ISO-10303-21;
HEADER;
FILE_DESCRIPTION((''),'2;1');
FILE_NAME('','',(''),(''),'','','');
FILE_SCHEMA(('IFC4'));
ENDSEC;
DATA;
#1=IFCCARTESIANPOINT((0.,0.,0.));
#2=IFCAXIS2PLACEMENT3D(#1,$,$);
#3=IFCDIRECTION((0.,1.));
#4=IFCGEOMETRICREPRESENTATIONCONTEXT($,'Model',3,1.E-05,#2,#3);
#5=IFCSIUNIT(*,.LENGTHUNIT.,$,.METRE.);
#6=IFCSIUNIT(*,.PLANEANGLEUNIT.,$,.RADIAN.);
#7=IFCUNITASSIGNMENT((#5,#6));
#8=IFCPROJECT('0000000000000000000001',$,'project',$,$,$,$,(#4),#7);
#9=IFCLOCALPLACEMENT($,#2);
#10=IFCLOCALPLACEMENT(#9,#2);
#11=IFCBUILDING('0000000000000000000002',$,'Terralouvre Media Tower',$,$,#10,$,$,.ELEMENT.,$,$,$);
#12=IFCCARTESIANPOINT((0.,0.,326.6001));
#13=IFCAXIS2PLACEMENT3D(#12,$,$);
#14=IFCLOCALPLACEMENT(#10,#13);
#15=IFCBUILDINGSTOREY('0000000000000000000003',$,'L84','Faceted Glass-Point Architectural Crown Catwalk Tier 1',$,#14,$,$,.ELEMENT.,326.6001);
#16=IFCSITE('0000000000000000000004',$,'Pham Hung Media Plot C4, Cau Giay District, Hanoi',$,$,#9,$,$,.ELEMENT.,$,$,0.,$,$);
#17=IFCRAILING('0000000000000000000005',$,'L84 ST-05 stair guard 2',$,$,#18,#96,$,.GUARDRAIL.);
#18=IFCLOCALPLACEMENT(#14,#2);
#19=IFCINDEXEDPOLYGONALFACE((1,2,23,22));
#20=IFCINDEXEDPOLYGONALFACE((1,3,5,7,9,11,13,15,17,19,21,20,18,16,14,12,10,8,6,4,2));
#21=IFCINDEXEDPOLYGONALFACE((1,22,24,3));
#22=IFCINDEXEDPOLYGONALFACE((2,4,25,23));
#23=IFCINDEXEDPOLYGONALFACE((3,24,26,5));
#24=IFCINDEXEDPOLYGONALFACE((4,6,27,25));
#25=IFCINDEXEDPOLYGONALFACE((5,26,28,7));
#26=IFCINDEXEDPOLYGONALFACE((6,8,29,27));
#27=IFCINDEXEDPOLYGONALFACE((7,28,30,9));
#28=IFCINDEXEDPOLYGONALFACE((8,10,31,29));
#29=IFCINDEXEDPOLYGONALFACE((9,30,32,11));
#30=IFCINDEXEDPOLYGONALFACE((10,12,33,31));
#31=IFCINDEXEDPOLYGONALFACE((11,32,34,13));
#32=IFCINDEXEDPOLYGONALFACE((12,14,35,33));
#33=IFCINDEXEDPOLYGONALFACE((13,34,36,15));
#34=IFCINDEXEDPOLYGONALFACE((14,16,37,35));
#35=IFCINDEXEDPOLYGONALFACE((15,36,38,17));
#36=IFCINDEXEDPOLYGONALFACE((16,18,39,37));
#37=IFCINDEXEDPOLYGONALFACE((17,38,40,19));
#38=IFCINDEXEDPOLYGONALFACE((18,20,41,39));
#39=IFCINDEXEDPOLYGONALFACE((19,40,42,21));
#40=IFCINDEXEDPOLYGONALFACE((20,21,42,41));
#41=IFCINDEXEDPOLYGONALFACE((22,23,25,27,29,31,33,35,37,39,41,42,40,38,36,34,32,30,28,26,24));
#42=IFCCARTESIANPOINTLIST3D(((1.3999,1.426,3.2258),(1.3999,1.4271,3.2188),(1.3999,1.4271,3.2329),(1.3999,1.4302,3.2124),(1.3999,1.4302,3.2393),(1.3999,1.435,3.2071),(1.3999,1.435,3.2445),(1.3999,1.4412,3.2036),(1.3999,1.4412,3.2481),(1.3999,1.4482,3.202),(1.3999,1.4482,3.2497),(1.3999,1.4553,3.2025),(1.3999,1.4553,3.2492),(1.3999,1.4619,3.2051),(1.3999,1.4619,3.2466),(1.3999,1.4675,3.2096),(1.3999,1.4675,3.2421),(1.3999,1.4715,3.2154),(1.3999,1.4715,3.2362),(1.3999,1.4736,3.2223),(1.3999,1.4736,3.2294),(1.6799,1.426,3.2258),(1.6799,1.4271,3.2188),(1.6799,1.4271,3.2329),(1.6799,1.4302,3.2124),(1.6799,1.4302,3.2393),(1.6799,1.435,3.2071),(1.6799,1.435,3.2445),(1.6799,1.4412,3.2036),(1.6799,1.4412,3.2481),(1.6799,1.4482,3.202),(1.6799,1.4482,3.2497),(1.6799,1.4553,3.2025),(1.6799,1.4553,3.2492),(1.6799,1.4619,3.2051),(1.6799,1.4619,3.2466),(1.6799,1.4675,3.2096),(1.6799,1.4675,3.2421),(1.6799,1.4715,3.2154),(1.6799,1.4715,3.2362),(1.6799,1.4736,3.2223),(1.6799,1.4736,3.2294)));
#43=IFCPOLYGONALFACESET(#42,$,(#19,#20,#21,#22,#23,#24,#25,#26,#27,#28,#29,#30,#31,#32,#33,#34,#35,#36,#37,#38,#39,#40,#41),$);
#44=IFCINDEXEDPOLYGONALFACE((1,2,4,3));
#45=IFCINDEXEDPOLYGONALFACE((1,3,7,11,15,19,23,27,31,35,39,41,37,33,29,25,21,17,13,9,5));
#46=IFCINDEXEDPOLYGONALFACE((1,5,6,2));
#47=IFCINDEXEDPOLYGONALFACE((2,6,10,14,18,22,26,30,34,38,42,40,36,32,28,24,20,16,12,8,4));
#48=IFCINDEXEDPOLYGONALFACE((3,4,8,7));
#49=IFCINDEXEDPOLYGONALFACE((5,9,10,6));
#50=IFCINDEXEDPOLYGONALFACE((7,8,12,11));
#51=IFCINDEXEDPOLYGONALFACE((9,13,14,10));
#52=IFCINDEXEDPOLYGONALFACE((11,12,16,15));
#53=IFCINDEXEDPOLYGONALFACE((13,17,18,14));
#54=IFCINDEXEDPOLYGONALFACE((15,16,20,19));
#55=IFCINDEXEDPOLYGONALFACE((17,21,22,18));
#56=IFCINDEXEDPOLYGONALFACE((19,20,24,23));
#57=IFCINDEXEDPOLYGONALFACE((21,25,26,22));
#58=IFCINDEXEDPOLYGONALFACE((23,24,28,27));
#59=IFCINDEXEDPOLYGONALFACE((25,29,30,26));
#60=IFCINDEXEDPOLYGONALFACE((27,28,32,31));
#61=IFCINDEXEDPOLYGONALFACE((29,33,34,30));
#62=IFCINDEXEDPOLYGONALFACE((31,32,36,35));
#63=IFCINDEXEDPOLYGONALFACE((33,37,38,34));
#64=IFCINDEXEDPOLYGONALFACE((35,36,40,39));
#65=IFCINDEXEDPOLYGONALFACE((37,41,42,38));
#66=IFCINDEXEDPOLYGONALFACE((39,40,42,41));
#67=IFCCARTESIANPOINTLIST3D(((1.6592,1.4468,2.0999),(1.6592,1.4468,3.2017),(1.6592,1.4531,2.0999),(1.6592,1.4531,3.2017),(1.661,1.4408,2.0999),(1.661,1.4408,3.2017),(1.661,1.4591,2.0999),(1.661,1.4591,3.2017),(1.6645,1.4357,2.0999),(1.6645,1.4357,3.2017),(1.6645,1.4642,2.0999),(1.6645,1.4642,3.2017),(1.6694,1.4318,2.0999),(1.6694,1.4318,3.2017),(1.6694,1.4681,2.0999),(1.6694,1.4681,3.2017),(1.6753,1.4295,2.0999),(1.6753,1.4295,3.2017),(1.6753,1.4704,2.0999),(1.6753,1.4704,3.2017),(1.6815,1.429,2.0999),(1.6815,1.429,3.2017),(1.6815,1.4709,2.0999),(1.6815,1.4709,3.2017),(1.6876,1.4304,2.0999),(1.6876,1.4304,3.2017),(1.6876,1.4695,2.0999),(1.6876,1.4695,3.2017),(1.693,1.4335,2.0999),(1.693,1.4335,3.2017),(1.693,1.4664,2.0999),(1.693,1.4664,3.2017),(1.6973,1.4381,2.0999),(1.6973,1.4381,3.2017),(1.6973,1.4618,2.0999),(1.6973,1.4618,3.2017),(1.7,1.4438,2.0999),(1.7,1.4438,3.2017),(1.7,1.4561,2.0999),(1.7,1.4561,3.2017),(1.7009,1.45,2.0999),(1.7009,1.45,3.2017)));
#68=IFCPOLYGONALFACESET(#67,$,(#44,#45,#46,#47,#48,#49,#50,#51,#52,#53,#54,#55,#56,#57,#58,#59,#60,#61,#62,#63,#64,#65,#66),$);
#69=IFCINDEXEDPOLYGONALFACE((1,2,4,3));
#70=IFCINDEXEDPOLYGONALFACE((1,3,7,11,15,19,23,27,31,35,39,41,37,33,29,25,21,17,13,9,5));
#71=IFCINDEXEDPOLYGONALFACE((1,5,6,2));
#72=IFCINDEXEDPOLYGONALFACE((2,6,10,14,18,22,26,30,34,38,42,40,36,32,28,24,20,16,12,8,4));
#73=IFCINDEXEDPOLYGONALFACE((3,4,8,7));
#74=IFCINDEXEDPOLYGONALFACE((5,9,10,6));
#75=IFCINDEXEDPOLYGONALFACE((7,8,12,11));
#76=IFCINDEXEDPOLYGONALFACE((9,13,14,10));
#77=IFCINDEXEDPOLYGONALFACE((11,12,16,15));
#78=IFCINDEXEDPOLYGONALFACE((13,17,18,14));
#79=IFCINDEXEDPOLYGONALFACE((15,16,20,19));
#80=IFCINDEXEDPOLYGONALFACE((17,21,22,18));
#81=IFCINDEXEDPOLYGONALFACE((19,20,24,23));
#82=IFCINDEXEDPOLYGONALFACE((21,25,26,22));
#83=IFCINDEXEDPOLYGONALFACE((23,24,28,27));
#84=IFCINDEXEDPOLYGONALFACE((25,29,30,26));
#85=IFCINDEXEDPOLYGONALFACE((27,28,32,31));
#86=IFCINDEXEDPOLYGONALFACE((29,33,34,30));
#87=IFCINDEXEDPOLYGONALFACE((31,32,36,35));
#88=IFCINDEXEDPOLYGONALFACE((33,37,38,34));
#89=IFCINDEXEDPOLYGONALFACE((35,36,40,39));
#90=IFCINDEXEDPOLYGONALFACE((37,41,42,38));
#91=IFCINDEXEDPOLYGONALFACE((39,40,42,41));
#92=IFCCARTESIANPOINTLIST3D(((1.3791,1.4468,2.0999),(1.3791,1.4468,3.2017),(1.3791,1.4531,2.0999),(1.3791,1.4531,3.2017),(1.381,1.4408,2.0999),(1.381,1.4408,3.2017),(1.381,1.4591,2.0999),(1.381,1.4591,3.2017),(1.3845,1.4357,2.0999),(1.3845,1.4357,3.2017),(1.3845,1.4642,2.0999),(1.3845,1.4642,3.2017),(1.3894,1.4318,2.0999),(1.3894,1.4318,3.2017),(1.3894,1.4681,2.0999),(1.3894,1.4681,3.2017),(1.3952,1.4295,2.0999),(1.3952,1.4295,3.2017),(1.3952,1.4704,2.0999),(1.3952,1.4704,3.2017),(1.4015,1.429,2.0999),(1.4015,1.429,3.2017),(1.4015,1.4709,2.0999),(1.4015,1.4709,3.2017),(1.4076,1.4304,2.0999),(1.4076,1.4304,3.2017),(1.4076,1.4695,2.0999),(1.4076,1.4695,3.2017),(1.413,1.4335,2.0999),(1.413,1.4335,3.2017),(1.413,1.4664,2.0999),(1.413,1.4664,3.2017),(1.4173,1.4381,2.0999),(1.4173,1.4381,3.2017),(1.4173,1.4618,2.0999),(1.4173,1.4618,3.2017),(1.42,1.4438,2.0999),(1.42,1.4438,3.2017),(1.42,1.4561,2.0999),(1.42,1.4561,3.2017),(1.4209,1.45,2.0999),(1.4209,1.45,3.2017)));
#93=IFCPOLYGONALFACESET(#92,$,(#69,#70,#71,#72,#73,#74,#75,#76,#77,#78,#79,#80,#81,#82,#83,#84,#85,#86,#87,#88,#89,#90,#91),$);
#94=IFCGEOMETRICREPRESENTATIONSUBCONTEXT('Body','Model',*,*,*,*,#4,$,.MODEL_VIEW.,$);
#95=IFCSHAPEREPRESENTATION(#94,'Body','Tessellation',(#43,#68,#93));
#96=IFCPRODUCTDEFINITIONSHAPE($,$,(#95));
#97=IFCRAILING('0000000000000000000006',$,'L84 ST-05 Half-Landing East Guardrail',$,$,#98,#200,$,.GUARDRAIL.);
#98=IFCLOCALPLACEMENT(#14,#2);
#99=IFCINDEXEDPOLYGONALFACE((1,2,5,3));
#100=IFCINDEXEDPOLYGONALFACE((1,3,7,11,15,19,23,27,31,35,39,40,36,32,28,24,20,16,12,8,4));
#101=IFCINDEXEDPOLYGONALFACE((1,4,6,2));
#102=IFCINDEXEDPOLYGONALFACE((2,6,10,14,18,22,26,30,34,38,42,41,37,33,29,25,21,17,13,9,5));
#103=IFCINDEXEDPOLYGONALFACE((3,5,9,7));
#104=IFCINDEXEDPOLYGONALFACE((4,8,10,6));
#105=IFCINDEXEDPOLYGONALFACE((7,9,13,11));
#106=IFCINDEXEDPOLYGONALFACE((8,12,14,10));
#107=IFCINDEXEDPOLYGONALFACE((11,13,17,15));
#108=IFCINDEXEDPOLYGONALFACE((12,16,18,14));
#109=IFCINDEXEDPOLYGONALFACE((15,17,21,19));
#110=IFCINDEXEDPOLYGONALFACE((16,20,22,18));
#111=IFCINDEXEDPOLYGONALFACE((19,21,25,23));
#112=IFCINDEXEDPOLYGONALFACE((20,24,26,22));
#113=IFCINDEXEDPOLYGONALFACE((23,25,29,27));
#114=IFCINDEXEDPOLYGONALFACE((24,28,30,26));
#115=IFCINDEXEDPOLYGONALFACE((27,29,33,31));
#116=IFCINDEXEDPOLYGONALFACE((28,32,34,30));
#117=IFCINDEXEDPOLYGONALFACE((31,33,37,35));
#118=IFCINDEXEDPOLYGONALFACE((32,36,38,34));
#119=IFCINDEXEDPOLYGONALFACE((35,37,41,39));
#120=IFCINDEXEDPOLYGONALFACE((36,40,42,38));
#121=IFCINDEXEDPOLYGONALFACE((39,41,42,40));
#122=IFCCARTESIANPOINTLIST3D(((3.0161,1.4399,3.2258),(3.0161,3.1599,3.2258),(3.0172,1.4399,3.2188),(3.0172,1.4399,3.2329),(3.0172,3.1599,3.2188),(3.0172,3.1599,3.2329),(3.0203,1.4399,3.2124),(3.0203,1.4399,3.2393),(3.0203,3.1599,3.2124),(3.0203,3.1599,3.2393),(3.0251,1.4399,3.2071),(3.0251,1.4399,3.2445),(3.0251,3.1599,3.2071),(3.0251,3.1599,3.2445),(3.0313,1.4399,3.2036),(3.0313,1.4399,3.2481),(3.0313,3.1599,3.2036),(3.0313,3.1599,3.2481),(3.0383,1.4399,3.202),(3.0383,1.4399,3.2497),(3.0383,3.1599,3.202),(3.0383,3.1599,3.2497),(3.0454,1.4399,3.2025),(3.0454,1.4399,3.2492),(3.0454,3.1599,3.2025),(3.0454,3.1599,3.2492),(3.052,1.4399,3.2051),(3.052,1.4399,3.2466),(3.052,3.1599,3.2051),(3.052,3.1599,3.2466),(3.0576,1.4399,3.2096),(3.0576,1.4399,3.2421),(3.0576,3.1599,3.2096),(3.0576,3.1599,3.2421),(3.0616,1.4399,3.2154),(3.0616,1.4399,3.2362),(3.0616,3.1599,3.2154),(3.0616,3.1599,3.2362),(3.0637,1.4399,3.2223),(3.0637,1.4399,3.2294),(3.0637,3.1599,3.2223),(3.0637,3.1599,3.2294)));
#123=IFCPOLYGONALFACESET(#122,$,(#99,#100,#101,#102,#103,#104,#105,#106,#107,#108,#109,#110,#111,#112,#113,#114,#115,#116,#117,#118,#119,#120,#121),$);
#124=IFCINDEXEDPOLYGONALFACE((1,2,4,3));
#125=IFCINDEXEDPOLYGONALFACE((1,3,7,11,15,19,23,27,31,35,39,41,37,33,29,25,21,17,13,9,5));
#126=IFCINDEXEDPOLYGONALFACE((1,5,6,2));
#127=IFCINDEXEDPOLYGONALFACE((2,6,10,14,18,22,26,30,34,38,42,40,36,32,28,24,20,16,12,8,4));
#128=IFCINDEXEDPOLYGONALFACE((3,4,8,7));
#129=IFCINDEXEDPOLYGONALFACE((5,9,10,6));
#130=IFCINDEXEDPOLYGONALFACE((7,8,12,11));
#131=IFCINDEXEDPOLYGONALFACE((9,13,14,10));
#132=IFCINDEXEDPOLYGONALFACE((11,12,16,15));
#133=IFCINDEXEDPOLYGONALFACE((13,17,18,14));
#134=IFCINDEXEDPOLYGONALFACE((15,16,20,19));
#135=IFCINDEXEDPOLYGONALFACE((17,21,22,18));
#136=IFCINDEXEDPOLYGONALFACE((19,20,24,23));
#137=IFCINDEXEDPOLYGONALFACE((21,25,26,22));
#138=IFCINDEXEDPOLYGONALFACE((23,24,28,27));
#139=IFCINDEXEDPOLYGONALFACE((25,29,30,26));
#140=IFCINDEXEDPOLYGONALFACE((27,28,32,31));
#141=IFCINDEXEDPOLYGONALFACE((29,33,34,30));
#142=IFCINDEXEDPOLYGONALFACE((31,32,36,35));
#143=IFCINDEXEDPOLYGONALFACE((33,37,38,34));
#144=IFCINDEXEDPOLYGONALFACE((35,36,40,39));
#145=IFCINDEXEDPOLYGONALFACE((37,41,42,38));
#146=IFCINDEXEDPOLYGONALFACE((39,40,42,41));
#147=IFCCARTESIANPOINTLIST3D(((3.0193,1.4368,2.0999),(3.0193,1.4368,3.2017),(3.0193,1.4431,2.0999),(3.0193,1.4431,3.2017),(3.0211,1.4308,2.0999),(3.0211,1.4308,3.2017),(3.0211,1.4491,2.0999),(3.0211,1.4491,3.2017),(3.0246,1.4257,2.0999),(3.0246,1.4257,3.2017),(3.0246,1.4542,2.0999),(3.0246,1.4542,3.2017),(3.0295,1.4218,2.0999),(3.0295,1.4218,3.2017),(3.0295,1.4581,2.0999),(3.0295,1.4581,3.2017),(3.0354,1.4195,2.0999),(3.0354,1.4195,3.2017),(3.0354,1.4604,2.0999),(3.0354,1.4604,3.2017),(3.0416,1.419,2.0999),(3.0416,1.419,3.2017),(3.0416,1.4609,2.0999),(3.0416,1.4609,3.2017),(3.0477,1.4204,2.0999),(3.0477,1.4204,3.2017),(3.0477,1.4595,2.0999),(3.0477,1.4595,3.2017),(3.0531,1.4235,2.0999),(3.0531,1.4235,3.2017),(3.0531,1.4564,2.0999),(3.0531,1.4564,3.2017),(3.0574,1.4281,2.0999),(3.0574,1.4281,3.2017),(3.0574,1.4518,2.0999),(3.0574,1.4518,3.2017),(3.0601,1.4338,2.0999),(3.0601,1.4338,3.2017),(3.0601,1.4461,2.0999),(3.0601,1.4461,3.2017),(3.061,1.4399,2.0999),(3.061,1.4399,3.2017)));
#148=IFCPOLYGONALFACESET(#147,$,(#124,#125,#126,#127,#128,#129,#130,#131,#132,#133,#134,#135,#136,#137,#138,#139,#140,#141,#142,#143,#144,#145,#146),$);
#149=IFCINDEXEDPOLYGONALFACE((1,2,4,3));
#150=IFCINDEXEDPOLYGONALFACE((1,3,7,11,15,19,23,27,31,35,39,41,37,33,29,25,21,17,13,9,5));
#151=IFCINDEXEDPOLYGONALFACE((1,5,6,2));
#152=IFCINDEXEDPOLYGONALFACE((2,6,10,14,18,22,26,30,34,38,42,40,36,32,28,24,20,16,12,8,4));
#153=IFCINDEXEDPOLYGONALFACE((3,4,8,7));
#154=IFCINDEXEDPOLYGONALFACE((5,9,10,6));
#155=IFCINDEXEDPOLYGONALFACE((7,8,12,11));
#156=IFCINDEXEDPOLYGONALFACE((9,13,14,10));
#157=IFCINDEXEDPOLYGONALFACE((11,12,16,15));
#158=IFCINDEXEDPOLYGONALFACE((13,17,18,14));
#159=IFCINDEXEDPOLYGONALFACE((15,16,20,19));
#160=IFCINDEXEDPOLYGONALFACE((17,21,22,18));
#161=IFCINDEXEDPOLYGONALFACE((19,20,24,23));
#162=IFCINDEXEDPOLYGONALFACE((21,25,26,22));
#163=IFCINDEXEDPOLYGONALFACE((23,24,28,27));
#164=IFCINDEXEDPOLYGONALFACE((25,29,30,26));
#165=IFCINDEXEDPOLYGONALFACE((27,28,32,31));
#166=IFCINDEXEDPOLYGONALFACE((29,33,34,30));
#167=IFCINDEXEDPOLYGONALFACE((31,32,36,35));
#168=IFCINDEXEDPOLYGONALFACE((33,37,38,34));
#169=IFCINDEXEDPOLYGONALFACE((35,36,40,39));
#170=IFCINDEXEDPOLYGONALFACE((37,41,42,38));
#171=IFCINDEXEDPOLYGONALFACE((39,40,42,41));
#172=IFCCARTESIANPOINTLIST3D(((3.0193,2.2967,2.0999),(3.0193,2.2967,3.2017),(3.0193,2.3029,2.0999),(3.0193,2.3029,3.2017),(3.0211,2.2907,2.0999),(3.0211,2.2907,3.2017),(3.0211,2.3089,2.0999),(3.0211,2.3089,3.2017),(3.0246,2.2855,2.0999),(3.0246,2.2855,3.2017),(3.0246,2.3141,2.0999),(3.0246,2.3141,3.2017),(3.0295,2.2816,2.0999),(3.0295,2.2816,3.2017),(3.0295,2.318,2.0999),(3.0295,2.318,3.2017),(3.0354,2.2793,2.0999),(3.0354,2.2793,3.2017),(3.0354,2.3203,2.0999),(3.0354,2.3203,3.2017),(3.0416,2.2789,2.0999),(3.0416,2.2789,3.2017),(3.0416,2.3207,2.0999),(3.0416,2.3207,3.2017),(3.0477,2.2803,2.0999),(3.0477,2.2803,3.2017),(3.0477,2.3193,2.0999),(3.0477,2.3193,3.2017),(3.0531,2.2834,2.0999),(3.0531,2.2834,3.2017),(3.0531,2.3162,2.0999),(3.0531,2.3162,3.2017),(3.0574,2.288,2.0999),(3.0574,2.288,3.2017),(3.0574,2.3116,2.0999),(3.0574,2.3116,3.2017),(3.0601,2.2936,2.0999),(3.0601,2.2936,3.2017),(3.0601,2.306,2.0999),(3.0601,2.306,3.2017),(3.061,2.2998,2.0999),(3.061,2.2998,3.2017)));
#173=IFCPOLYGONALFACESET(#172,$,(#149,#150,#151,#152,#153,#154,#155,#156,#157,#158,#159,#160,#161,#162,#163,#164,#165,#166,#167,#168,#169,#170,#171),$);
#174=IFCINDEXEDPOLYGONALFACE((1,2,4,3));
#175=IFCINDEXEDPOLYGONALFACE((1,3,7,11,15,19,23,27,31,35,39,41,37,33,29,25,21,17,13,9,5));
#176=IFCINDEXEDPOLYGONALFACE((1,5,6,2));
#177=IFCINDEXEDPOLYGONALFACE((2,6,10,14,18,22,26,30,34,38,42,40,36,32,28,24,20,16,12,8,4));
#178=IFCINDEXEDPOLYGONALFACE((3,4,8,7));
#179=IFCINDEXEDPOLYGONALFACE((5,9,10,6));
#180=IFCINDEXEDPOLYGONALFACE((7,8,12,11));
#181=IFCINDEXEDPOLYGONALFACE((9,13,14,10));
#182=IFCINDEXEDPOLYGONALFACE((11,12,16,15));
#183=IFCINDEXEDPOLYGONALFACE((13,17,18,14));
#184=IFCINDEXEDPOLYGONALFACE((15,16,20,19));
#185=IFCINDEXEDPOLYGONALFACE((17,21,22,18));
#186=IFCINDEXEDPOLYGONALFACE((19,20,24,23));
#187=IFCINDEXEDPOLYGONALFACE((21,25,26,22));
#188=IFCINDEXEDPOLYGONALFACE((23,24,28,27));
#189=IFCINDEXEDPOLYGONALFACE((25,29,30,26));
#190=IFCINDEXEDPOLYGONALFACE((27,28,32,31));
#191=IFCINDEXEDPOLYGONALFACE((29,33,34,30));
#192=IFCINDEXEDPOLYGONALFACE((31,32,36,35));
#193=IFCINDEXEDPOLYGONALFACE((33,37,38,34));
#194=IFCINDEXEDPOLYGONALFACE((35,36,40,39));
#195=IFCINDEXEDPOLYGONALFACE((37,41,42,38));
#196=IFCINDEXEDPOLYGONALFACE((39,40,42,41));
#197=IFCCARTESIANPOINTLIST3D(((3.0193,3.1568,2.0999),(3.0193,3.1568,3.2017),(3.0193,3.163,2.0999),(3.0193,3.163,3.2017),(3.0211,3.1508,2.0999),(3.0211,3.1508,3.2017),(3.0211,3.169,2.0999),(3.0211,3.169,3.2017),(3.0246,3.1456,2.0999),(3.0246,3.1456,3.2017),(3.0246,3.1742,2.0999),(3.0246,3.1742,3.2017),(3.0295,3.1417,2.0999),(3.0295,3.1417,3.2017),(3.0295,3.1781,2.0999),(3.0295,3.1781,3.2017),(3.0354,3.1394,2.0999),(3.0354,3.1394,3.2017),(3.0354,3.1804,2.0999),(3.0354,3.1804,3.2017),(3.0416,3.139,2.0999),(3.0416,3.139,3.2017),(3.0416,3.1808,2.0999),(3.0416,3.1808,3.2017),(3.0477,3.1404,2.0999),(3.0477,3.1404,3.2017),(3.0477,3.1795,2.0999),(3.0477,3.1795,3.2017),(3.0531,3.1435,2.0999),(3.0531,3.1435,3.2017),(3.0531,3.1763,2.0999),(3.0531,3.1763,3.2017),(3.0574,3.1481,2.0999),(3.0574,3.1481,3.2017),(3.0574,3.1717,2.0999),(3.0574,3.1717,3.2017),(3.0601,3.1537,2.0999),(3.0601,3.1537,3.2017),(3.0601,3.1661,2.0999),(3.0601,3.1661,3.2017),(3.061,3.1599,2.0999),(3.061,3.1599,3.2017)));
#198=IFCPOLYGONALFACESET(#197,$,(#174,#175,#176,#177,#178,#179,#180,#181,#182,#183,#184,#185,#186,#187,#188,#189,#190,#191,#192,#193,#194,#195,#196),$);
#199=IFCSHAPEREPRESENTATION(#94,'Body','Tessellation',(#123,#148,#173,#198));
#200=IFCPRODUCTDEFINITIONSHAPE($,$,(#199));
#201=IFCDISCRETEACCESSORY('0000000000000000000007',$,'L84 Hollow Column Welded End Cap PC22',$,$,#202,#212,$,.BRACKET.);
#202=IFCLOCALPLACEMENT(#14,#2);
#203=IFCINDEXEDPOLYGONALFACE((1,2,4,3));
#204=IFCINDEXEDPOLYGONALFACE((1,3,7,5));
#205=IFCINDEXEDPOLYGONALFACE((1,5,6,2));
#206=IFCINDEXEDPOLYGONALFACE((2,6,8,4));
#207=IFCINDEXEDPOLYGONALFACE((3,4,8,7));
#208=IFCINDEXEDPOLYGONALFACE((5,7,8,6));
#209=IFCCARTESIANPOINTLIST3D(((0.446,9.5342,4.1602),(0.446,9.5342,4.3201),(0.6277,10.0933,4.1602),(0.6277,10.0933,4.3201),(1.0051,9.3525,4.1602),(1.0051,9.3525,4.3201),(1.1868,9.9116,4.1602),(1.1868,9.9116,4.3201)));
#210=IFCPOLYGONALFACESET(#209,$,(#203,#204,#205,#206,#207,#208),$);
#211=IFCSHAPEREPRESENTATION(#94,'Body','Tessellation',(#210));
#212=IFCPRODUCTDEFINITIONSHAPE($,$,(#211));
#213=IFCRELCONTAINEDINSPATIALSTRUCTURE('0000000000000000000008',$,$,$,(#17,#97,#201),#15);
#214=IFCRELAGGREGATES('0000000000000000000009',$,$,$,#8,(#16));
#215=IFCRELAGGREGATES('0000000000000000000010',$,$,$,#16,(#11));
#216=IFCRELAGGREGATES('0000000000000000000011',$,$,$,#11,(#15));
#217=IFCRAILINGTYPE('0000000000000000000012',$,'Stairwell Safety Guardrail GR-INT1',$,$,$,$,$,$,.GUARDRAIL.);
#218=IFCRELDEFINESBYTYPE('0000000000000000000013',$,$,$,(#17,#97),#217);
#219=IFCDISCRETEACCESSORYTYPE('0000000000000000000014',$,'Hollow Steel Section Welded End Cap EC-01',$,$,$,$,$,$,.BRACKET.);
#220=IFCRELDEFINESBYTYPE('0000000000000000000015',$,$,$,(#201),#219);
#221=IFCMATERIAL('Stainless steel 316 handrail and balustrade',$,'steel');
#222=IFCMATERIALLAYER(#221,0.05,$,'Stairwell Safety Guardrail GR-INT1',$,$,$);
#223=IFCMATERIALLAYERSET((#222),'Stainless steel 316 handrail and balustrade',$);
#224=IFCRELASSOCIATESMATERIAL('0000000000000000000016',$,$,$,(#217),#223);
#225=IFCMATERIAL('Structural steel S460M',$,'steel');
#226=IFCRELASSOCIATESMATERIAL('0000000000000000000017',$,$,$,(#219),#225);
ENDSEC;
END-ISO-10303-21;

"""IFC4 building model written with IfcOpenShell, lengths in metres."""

from ifc_helpers import new_model, si_unit, direction, frame, origin, origin_2d, place, context, subcontext, project, spatial, rectangle, circle, extrude, material, layer, layer_set, type_object, element, save


model = new_model("IFC4")

# Units and contexts
model_context = context("Model", 3, precision=1e-05, world=origin(), true_north=direction((0.0, 1.0)))
body_context = subcontext(model_context, "Body", "Model", "MODEL_VIEW")
ifc_project = project(units=[si_unit("LENGTHUNIT", "METRE"), si_unit("PLANEANGLEUNIT", "RADIAN")], contexts=[model_context])

# Site, building, storey
site_placement = place(None, origin())
site = spatial("IfcSite", under=ifc_project, at=site_placement, Name="Pham Hung Media Plot C4, Cau Giay District, Hanoi", CompositionType="ELEMENT", RefElevation=0.0)
building_placement = place(site_placement, origin())
building = spatial("IfcBuilding", under=site, at=building_placement, Name="Terralouvre Media Tower", CompositionType="ELEMENT")
storey_placement = place(building_placement, frame((0.0, 0.0, 326.6001)))
storey = spatial("IfcBuildingStorey", under=building, at=storey_placement, Name="L84", Description="Faceted Glass-Point Architectural Crown Catwalk Tier 1", CompositionType="ELEMENT", Elevation=326.6001)

# Railings
ifc_material_1 = material(Name="Stainless steel 316 handrail and balustrade", Category="steel")
ifc_layer_1 = layer(ifc_material_1, 0.05, Name="Stairwell Safety Guardrail GR-INT1")
ifc_layer_set_1 = layer_set([ifc_layer_1], Name="Stainless steel 316 handrail and balustrade")
railing_type = type_object("IfcRailingType", Name="Stairwell Safety Guardrail GR-INT1", PredefinedType="GUARDRAIL", material=ifc_layer_set_1)
railing_1_placement = place(storey_placement, frame((1.6799, 1.45, 2.0999)))
element("IfcRailing", 1, at=railing_1_placement, inside=storey, type_object=railing_type, Name="L84 ST-05 stair guard 2", PredefinedType="GUARDRAIL", context=body_context, shape_type="SweptSolid", body=[
    extrude(circle(Radius=0.0239, at=origin_2d()), frame((0.0, 0.0, 1.126), z_axis=(-1.0, 0.0, 0.0), x_axis=(0.0, -1.0, 0.0)), (0.0, 0.0, 1.0), 0.28),
    extrude(circle(Radius=0.021, at=origin_2d()), origin(), (0.0, 0.0, 1.0), 1.1018),
    extrude(circle(Radius=0.021, at=origin_2d()), frame((-0.28, 0.0, 0.0)), (0.0, 0.0, 1.0), 1.1018),
])
railing_2_placement = place(storey_placement, frame((3.04, 1.4399, 2.0999)))
element("IfcRailing", 2, at=railing_2_placement, inside=storey, type_object=railing_type, Name="L84 ST-05 Half-Landing East Guardrail", PredefinedType="GUARDRAIL", context=body_context, shape_type="SweptSolid", body=[
    extrude(circle(Radius=0.0239, at=origin_2d()), frame((0.0, 0.0, 1.126), z_axis=(0.0, 1.0, 0.0), x_axis=(-1.0, 0.0, 0.0)), (0.0, 0.0, 1.0), 1.72),
    extrude(circle(Radius=0.021, at=origin_2d()), origin(), (0.0, 0.0, 1.0), 1.1018),
    extrude(circle(Radius=0.021, at=origin_2d()), frame((0.0, 0.8599, 0.0)), (0.0, 0.0, 1.0), 1.1018),
    extrude(circle(Radius=0.021, at=origin_2d()), frame((0.0, 1.72, 0.0)), (0.0, 0.0, 1.0), 1.1018),
])

# Discrete accessory
ifc_material_2 = material(Name="Structural steel S460M", Category="steel")
discrete_accessory_type = type_object("IfcDiscreteAccessoryType", Name="Hollow Steel Section Welded End Cap EC-01", PredefinedType="BRACKET", material=ifc_material_2)
discrete_accessory_1_placement = place(storey_placement, frame((0.8164, 9.7229, 4.1602), z_axis=(0.0, 0.0, 1.0), x_axis=(0.309017, 0.951057, 0.0)))
element("IfcDiscreteAccessory", 3, at=discrete_accessory_1_placement, inside=storey, type_object=discrete_accessory_type, Name="L84 Hollow Column Welded End Cap PC22", PredefinedType="BRACKET", context=body_context, shape_type="SweptSolid", body=[
    extrude(rectangle(XDim=0.5879, YDim=0.5879, at=origin_2d()), origin(), (0.0, 0.0, 1.0), 0.1599),
])

save(model, "model.ifc")
